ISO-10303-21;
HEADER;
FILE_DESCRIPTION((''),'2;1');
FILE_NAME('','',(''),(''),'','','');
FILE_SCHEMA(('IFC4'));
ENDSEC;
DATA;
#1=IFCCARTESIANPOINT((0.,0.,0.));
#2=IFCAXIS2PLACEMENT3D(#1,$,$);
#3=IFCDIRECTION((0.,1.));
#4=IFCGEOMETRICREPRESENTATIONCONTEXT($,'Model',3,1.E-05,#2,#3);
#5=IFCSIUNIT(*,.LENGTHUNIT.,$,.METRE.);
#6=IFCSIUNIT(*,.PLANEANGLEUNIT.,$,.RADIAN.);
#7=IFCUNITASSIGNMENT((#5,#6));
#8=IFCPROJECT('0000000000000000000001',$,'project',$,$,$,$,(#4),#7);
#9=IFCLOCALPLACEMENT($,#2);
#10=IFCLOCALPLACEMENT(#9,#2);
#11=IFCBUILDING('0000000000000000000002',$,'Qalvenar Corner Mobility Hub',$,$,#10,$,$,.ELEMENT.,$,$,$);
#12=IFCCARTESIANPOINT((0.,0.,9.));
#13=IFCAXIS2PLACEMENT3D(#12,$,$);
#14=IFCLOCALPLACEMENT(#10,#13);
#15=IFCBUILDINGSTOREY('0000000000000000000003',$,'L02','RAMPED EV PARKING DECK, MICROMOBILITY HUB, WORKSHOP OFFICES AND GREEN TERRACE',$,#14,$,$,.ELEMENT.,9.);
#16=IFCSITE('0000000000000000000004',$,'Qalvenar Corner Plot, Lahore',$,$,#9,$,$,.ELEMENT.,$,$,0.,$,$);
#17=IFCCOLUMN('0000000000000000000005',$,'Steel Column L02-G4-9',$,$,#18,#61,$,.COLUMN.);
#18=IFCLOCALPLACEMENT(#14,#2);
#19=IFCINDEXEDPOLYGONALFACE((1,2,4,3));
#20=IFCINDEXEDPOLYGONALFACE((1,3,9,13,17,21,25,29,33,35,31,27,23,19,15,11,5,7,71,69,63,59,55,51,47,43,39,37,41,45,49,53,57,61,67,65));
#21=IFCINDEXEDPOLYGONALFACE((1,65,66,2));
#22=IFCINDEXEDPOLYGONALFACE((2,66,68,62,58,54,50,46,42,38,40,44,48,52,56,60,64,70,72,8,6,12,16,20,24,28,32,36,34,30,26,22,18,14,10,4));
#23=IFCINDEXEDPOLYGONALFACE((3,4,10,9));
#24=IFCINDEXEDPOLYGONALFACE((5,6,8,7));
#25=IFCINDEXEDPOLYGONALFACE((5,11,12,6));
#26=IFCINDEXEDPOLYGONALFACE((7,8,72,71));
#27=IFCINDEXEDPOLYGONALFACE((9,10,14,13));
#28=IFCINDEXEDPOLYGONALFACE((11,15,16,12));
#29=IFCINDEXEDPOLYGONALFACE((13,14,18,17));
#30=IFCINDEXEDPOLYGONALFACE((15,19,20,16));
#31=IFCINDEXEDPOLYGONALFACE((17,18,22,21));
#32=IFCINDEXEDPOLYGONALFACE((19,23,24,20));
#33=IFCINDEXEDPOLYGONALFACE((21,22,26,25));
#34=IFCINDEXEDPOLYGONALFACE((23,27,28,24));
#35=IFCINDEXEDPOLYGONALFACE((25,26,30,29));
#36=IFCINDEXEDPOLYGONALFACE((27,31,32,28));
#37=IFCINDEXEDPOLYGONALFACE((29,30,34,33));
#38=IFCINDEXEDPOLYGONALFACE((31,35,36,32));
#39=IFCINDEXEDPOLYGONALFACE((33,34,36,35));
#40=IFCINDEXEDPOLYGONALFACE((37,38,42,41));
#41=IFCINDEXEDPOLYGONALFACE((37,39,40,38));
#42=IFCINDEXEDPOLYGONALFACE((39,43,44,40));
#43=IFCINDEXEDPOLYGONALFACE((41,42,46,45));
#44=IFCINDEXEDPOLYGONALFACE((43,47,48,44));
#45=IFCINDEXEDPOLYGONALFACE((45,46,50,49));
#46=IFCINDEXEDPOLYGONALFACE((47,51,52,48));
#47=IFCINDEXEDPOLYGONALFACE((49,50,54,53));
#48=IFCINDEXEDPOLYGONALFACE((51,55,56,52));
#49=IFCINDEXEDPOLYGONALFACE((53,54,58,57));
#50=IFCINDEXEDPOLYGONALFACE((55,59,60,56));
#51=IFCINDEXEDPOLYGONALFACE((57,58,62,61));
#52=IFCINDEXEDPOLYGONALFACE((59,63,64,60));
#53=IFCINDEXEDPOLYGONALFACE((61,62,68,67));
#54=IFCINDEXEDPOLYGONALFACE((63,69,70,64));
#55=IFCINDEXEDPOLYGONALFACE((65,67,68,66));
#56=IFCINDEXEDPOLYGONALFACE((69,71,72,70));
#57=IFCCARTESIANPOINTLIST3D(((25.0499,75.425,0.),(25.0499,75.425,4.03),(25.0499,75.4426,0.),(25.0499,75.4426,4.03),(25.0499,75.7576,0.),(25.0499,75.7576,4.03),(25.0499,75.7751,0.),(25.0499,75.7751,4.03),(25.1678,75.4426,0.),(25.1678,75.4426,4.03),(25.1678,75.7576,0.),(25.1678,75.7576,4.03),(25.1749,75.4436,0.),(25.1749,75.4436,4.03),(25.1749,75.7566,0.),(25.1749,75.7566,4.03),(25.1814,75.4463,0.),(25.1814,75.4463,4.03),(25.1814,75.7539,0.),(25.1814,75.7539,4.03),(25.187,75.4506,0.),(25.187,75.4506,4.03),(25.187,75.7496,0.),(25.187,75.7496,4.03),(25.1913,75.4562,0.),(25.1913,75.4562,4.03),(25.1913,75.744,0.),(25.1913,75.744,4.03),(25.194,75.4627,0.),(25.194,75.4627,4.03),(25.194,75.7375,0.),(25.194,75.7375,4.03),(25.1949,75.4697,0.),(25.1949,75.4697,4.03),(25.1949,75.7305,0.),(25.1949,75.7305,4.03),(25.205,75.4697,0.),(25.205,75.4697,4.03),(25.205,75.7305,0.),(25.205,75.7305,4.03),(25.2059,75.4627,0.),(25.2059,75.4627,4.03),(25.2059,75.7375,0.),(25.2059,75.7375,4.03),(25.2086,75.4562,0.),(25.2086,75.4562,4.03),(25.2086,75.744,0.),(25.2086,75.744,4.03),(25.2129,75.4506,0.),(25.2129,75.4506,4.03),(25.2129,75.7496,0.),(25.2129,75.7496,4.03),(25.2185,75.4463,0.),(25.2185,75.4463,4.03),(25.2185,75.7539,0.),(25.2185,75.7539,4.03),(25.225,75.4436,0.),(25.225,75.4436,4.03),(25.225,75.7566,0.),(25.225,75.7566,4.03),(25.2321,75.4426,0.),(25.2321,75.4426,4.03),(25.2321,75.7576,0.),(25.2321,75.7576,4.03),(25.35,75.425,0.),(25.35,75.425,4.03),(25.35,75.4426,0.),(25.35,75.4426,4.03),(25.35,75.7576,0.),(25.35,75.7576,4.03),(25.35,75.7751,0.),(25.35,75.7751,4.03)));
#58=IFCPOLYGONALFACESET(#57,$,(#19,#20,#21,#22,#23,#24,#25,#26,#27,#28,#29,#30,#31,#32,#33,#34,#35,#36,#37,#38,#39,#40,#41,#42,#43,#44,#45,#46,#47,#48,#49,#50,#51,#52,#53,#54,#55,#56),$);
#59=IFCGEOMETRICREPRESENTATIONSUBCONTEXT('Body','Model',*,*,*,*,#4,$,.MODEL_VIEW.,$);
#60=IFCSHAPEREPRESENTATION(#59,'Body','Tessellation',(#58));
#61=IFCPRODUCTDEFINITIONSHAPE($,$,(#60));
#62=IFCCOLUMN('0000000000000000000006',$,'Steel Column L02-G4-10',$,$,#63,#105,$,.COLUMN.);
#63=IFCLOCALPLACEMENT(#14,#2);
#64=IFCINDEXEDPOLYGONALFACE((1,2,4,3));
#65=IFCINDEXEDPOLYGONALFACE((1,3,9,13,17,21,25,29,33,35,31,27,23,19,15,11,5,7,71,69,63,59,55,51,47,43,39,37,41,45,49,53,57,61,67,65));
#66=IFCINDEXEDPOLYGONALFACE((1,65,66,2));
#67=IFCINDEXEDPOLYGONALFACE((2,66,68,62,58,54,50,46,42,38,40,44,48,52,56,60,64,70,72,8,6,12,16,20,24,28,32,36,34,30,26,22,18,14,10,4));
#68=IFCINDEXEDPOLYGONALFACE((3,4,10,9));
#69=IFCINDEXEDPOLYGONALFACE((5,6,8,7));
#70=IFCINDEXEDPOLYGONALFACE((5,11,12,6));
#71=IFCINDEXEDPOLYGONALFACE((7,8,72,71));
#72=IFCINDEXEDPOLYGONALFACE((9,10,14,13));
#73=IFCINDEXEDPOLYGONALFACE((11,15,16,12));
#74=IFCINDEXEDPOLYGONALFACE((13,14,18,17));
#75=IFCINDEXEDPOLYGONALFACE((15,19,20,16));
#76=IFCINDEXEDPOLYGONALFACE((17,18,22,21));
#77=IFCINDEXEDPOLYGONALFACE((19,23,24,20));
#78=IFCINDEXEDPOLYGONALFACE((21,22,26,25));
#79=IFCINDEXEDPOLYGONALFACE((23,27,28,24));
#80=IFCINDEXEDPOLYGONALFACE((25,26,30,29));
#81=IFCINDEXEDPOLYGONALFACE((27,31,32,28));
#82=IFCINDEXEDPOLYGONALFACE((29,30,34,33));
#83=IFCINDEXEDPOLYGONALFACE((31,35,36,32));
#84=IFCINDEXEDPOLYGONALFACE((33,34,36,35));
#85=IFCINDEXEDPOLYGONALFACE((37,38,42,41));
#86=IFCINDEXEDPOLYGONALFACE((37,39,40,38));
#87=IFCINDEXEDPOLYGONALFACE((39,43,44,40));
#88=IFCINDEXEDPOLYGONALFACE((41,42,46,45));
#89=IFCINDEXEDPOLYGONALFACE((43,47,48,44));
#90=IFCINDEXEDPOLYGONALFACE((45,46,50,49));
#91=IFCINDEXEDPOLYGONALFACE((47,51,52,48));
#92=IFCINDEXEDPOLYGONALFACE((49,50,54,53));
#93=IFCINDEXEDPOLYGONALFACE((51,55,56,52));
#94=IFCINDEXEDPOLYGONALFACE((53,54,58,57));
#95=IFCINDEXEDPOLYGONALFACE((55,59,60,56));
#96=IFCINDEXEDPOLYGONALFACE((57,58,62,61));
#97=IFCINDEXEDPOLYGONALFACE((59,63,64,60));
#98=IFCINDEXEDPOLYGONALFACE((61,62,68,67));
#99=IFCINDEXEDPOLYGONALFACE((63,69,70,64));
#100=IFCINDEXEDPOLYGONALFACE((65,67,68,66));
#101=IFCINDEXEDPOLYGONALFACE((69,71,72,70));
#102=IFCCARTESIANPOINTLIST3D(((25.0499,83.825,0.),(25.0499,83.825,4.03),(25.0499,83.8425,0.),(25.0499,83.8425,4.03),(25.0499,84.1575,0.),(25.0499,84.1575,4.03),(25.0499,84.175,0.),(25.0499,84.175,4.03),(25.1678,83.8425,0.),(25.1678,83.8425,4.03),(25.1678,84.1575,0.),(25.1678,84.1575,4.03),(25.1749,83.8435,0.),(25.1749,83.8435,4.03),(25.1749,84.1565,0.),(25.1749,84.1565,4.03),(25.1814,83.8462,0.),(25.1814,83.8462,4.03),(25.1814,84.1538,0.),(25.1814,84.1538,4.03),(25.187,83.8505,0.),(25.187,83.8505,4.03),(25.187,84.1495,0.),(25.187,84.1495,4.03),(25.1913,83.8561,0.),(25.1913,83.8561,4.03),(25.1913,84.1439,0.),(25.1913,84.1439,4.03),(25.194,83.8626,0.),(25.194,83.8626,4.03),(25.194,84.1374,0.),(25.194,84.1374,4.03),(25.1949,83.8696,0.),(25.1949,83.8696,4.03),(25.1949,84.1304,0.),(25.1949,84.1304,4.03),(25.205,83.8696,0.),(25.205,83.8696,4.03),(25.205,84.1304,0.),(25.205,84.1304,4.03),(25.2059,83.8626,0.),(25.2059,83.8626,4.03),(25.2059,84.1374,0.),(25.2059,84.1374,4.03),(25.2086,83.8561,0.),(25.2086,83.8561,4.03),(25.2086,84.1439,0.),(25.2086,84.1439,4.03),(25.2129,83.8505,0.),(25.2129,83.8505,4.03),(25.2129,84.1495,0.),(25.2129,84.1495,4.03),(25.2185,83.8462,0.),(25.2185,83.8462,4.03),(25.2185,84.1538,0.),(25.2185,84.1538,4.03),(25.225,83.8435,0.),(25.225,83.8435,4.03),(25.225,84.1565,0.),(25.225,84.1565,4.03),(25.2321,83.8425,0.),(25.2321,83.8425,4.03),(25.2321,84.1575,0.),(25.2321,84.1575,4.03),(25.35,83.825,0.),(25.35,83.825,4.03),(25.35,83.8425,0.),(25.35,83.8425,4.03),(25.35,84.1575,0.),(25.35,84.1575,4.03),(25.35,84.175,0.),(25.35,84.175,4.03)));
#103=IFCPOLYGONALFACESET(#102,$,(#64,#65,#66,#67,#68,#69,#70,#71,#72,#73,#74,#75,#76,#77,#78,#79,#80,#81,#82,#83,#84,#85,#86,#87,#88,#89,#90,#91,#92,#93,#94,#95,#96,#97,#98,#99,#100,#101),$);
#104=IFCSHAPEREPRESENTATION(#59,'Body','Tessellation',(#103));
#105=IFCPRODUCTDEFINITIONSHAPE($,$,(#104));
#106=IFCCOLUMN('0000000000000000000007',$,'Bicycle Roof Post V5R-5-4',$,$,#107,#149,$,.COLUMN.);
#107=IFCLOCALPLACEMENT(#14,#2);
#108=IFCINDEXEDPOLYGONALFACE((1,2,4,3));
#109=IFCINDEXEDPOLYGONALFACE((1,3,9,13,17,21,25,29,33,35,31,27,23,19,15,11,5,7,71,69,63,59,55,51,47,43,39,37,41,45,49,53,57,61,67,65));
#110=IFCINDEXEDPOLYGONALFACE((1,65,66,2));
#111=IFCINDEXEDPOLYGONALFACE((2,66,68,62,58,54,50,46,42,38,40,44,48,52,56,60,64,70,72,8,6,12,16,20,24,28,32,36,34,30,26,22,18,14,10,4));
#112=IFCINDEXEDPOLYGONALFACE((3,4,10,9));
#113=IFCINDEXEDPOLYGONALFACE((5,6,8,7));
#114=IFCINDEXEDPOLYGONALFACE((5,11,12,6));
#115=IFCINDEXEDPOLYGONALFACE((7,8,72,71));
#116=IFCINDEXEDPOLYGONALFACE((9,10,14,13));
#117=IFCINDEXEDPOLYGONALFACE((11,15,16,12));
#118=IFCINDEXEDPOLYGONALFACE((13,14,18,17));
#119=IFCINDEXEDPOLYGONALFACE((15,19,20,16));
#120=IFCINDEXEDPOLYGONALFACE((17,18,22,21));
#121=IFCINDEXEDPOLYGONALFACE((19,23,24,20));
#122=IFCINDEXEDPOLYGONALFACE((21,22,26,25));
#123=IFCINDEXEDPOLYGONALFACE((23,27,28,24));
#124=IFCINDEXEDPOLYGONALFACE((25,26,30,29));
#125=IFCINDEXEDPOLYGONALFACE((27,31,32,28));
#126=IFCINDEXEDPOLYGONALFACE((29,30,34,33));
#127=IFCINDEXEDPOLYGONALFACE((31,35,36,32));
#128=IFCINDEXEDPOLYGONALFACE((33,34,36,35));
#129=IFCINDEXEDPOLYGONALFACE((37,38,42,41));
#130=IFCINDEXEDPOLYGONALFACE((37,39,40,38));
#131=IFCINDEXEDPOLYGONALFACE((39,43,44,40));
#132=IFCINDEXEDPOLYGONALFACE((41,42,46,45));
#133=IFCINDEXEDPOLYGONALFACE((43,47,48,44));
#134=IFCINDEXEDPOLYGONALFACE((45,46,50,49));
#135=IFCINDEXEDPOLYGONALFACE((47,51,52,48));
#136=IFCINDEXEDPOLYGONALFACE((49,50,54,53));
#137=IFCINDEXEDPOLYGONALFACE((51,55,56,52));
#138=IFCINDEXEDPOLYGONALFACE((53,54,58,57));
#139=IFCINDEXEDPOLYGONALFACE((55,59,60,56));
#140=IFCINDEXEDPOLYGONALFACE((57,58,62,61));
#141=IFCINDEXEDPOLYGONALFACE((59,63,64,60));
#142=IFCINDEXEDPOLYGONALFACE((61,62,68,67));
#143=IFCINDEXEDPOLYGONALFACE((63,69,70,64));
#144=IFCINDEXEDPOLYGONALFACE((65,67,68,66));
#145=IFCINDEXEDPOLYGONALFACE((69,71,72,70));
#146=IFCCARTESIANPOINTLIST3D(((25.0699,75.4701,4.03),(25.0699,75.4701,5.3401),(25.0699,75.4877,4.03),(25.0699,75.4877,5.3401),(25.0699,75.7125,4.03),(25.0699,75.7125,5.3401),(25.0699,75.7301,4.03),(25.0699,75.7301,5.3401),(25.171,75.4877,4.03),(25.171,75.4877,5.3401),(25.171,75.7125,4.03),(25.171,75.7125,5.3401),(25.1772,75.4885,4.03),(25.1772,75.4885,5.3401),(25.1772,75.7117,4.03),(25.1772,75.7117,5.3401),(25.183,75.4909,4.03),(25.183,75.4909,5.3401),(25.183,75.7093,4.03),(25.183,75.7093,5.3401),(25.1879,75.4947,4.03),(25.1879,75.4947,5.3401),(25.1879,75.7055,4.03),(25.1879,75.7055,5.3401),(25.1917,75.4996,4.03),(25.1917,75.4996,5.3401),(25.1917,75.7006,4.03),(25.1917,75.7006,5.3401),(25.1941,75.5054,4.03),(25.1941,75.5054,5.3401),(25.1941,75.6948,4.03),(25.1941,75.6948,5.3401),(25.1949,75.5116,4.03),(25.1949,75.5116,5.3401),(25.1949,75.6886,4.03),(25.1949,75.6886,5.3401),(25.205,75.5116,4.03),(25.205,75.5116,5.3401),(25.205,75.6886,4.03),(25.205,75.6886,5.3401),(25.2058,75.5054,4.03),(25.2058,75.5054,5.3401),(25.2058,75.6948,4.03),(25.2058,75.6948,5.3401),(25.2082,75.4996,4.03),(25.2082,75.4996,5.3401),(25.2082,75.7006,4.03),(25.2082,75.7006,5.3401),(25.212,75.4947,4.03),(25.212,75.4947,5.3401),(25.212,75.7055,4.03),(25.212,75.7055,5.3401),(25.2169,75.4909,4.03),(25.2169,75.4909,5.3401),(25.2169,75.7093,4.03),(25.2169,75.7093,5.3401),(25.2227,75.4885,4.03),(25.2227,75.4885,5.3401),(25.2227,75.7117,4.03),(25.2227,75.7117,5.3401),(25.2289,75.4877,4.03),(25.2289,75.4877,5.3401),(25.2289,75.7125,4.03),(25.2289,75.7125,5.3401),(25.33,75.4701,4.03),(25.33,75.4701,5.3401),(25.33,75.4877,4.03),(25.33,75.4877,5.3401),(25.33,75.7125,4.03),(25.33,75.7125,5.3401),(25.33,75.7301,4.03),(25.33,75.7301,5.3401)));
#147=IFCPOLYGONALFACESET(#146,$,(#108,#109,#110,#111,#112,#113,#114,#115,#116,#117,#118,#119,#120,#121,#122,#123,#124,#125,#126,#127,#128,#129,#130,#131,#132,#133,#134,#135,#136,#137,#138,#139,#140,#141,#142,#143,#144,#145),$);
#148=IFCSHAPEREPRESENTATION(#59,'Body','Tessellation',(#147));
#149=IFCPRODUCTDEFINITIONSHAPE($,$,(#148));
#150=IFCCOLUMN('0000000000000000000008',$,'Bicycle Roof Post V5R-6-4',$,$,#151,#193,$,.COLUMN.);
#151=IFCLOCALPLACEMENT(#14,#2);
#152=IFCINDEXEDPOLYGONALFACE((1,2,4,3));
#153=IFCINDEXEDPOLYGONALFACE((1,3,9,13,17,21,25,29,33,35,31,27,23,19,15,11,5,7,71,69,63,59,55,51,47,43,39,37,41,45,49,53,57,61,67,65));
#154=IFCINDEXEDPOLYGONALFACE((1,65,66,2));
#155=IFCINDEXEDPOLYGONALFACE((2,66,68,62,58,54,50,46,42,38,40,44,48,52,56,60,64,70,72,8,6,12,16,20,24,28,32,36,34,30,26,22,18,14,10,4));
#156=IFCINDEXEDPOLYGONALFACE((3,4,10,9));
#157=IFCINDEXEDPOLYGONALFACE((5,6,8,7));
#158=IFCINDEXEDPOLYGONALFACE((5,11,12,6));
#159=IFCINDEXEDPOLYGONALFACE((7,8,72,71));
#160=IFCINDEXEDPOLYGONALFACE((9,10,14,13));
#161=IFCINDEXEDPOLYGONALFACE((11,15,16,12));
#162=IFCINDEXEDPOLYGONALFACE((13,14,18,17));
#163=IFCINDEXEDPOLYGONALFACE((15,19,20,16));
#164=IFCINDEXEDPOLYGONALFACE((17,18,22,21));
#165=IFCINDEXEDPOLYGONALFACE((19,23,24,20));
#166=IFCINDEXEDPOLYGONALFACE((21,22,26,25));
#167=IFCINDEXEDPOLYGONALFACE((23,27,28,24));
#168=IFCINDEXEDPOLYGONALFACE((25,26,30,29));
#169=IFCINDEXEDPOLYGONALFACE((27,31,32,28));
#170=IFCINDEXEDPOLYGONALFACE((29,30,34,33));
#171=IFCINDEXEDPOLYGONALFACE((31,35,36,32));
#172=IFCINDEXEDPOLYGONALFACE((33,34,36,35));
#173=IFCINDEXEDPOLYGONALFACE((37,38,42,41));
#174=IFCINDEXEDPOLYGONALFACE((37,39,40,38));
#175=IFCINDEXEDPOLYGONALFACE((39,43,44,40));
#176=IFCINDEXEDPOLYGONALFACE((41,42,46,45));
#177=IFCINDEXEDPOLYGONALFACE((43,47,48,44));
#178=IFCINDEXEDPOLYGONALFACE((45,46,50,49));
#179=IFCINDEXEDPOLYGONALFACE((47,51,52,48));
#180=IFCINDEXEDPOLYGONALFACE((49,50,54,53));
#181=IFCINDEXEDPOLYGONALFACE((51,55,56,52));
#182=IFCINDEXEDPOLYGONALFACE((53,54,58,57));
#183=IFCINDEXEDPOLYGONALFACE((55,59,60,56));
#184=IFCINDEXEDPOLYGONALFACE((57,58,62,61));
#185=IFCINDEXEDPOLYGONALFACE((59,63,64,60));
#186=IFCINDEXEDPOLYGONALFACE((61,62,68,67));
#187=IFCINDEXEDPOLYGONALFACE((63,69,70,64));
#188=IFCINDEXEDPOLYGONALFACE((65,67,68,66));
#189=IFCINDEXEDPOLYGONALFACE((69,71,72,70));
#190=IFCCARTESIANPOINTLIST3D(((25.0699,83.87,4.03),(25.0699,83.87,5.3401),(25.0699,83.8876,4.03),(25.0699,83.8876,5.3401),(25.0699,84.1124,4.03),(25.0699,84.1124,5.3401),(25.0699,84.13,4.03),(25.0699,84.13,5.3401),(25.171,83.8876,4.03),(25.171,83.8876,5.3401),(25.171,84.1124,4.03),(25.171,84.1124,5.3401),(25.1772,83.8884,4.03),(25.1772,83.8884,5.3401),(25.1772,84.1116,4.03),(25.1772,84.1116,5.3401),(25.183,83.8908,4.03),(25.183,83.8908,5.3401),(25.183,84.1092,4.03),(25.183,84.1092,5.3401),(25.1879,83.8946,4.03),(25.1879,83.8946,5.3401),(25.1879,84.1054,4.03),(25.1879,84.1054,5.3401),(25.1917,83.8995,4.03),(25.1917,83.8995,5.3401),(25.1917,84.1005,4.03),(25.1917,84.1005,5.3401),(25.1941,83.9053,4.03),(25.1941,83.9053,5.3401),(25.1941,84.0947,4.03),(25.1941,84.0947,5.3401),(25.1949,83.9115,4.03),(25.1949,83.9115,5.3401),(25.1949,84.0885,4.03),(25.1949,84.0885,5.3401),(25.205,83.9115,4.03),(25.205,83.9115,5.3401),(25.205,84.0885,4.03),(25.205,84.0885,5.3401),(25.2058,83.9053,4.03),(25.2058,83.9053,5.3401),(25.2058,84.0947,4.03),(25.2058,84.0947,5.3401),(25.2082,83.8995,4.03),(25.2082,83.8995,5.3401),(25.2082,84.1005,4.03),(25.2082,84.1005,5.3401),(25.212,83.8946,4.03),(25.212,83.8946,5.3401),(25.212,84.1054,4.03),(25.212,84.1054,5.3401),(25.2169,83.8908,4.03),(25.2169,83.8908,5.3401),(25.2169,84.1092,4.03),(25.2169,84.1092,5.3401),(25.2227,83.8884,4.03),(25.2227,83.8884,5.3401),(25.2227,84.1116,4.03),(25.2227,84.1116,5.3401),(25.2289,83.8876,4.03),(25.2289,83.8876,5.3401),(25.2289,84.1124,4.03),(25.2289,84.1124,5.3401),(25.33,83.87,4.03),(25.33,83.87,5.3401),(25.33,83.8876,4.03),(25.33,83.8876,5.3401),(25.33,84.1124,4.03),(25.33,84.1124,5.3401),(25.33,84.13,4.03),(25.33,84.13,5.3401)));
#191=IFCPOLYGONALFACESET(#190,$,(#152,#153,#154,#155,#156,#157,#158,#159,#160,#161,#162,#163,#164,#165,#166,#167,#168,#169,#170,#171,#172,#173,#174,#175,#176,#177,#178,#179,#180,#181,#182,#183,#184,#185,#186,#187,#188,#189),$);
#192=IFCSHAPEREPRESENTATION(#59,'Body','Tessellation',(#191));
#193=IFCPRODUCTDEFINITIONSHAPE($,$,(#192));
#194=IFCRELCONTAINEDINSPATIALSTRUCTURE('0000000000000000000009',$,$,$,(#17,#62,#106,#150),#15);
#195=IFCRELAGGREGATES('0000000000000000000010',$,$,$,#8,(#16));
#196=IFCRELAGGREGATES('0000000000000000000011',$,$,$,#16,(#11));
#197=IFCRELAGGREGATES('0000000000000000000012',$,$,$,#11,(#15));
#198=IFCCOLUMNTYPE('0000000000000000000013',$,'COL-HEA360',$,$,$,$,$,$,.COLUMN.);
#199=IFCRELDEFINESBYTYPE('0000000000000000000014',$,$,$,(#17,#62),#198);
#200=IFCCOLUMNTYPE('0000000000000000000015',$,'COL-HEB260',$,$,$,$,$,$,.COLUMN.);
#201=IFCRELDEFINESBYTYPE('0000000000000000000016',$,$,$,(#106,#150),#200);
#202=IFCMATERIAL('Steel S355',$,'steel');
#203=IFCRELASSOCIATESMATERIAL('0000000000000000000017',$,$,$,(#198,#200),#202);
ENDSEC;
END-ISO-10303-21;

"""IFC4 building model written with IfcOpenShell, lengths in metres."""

from ifc_helpers import new_model, si_unit, direction, frame, origin, origin_2d, place, context, subcontext, project, spatial, i_section, extrude, material, material_profile, profile_set, type_object, element, save


model = new_model("IFC4")

# Units and contexts
model_context = context("Model", 3, precision=1e-05, world=origin(), true_north=direction((0.0, 1.0)))
body_context = subcontext(model_context, "Body", "Model", "MODEL_VIEW")
ifc_project = project(units=[si_unit("LENGTHUNIT", "METRE"), si_unit("PLANEANGLEUNIT", "RADIAN")], contexts=[model_context])

# Site, building, storey
site_placement = place(None, origin())
site = spatial("IfcSite", under=ifc_project, at=site_placement, Name="Qalvenar Corner Plot, Lahore", CompositionType="ELEMENT", RefElevation=0.0)
building_placement = place(site_placement, origin())
building = spatial("IfcBuilding", under=site, at=building_placement, Name="Qalvenar Corner Mobility Hub", CompositionType="ELEMENT")
storey_placement = place(building_placement, frame((0.0, 0.0, 9.0)))
storey = spatial("IfcBuildingStorey", under=building, at=storey_placement, Name="L02", Description="RAMPED EV PARKING DECK, MICROMOBILITY HUB, WORKSHOP OFFICES AND GREEN TERRACE", CompositionType="ELEMENT", Elevation=9.0)

# Columns
ifc_material_1 = material(Name="Steel S355", Category="steel")
ifc_material_profile_1 = material_profile(ifc_material_1, i_section(OverallWidth=0.3, OverallDepth=0.3501, WebThickness=0.01, FlangeThickness=0.0176, FilletRadius=0.0271, at=origin_2d()), Name="HEA360")
ifc_profile_set_1 = profile_set([ifc_material_profile_1], Name="Steel S355")
column_type_1 = type_object("IfcColumnType", Name="COL-HEA360", PredefinedType="COLUMN", material=ifc_profile_set_1)
for number, where, z_axis, x_axis, name in (
    (1, (25.2, 75.6001, 0.0), (0.0, 0.0, 1.0), (1.0, 0.0, 0.0), "Steel Column L02-G4-9"),
    (2, (25.2, 84.0, 0.0), (0.0, 0.0, 1.0), (1.0, 0.0, 0.0), "Steel Column L02-G4-10"),
):
    element("IfcColumn", number, at=place(storey_placement, frame(where, z_axis=z_axis, x_axis=x_axis)), inside=storey, type_object=column_type_1, Name=name, PredefinedType="COLUMN", context=body_context, shape_type="SweptSolid", body=[
        extrude(i_section(OverallWidth=0.3, OverallDepth=0.3501, WebThickness=0.01, FlangeThickness=0.0176, FilletRadius=0.0271, at=origin_2d()), origin(), (0.0, 0.0, 1.0), 4.03),
    ])
ifc_material_profile_2 = material_profile(ifc_material_1, i_section(OverallWidth=0.26, OverallDepth=0.26, WebThickness=0.01, FlangeThickness=0.0176, FilletRadius=0.0239, at=origin_2d()), Name="HEB260")
ifc_profile_set_2 = profile_set([ifc_material_profile_2], Name="Steel S355")
column_type_2 = type_object("IfcColumnType", Name="COL-HEB260", PredefinedType="COLUMN", material=ifc_profile_set_2)
for number, where, z_axis, x_axis, name in (
    (3, (25.2, 75.6001, 4.03), (0.0, 0.0, 1.0), (1.0, 0.0, 0.0), "Bicycle Roof Post V5R-5-4"),
    (4, (25.2, 84.0, 4.03), (0.0, 0.0, 1.0), (1.0, 0.0, 0.0), "Bicycle Roof Post V5R-6-4"),
):
    element("IfcColumn", number, at=place(storey_placement, frame(where, z_axis=z_axis, x_axis=x_axis)), inside=storey, type_object=column_type_2, Name=name, PredefinedType="COLUMN", context=body_context, shape_type="SweptSolid", body=[
        extrude(i_section(OverallWidth=0.26, OverallDepth=0.26, WebThickness=0.01, FlangeThickness=0.0176, FilletRadius=0.0239, at=origin_2d()), origin(), (0.0, 0.0, 1.0), 1.3101),
    ])

save(model, "model.ifc")
